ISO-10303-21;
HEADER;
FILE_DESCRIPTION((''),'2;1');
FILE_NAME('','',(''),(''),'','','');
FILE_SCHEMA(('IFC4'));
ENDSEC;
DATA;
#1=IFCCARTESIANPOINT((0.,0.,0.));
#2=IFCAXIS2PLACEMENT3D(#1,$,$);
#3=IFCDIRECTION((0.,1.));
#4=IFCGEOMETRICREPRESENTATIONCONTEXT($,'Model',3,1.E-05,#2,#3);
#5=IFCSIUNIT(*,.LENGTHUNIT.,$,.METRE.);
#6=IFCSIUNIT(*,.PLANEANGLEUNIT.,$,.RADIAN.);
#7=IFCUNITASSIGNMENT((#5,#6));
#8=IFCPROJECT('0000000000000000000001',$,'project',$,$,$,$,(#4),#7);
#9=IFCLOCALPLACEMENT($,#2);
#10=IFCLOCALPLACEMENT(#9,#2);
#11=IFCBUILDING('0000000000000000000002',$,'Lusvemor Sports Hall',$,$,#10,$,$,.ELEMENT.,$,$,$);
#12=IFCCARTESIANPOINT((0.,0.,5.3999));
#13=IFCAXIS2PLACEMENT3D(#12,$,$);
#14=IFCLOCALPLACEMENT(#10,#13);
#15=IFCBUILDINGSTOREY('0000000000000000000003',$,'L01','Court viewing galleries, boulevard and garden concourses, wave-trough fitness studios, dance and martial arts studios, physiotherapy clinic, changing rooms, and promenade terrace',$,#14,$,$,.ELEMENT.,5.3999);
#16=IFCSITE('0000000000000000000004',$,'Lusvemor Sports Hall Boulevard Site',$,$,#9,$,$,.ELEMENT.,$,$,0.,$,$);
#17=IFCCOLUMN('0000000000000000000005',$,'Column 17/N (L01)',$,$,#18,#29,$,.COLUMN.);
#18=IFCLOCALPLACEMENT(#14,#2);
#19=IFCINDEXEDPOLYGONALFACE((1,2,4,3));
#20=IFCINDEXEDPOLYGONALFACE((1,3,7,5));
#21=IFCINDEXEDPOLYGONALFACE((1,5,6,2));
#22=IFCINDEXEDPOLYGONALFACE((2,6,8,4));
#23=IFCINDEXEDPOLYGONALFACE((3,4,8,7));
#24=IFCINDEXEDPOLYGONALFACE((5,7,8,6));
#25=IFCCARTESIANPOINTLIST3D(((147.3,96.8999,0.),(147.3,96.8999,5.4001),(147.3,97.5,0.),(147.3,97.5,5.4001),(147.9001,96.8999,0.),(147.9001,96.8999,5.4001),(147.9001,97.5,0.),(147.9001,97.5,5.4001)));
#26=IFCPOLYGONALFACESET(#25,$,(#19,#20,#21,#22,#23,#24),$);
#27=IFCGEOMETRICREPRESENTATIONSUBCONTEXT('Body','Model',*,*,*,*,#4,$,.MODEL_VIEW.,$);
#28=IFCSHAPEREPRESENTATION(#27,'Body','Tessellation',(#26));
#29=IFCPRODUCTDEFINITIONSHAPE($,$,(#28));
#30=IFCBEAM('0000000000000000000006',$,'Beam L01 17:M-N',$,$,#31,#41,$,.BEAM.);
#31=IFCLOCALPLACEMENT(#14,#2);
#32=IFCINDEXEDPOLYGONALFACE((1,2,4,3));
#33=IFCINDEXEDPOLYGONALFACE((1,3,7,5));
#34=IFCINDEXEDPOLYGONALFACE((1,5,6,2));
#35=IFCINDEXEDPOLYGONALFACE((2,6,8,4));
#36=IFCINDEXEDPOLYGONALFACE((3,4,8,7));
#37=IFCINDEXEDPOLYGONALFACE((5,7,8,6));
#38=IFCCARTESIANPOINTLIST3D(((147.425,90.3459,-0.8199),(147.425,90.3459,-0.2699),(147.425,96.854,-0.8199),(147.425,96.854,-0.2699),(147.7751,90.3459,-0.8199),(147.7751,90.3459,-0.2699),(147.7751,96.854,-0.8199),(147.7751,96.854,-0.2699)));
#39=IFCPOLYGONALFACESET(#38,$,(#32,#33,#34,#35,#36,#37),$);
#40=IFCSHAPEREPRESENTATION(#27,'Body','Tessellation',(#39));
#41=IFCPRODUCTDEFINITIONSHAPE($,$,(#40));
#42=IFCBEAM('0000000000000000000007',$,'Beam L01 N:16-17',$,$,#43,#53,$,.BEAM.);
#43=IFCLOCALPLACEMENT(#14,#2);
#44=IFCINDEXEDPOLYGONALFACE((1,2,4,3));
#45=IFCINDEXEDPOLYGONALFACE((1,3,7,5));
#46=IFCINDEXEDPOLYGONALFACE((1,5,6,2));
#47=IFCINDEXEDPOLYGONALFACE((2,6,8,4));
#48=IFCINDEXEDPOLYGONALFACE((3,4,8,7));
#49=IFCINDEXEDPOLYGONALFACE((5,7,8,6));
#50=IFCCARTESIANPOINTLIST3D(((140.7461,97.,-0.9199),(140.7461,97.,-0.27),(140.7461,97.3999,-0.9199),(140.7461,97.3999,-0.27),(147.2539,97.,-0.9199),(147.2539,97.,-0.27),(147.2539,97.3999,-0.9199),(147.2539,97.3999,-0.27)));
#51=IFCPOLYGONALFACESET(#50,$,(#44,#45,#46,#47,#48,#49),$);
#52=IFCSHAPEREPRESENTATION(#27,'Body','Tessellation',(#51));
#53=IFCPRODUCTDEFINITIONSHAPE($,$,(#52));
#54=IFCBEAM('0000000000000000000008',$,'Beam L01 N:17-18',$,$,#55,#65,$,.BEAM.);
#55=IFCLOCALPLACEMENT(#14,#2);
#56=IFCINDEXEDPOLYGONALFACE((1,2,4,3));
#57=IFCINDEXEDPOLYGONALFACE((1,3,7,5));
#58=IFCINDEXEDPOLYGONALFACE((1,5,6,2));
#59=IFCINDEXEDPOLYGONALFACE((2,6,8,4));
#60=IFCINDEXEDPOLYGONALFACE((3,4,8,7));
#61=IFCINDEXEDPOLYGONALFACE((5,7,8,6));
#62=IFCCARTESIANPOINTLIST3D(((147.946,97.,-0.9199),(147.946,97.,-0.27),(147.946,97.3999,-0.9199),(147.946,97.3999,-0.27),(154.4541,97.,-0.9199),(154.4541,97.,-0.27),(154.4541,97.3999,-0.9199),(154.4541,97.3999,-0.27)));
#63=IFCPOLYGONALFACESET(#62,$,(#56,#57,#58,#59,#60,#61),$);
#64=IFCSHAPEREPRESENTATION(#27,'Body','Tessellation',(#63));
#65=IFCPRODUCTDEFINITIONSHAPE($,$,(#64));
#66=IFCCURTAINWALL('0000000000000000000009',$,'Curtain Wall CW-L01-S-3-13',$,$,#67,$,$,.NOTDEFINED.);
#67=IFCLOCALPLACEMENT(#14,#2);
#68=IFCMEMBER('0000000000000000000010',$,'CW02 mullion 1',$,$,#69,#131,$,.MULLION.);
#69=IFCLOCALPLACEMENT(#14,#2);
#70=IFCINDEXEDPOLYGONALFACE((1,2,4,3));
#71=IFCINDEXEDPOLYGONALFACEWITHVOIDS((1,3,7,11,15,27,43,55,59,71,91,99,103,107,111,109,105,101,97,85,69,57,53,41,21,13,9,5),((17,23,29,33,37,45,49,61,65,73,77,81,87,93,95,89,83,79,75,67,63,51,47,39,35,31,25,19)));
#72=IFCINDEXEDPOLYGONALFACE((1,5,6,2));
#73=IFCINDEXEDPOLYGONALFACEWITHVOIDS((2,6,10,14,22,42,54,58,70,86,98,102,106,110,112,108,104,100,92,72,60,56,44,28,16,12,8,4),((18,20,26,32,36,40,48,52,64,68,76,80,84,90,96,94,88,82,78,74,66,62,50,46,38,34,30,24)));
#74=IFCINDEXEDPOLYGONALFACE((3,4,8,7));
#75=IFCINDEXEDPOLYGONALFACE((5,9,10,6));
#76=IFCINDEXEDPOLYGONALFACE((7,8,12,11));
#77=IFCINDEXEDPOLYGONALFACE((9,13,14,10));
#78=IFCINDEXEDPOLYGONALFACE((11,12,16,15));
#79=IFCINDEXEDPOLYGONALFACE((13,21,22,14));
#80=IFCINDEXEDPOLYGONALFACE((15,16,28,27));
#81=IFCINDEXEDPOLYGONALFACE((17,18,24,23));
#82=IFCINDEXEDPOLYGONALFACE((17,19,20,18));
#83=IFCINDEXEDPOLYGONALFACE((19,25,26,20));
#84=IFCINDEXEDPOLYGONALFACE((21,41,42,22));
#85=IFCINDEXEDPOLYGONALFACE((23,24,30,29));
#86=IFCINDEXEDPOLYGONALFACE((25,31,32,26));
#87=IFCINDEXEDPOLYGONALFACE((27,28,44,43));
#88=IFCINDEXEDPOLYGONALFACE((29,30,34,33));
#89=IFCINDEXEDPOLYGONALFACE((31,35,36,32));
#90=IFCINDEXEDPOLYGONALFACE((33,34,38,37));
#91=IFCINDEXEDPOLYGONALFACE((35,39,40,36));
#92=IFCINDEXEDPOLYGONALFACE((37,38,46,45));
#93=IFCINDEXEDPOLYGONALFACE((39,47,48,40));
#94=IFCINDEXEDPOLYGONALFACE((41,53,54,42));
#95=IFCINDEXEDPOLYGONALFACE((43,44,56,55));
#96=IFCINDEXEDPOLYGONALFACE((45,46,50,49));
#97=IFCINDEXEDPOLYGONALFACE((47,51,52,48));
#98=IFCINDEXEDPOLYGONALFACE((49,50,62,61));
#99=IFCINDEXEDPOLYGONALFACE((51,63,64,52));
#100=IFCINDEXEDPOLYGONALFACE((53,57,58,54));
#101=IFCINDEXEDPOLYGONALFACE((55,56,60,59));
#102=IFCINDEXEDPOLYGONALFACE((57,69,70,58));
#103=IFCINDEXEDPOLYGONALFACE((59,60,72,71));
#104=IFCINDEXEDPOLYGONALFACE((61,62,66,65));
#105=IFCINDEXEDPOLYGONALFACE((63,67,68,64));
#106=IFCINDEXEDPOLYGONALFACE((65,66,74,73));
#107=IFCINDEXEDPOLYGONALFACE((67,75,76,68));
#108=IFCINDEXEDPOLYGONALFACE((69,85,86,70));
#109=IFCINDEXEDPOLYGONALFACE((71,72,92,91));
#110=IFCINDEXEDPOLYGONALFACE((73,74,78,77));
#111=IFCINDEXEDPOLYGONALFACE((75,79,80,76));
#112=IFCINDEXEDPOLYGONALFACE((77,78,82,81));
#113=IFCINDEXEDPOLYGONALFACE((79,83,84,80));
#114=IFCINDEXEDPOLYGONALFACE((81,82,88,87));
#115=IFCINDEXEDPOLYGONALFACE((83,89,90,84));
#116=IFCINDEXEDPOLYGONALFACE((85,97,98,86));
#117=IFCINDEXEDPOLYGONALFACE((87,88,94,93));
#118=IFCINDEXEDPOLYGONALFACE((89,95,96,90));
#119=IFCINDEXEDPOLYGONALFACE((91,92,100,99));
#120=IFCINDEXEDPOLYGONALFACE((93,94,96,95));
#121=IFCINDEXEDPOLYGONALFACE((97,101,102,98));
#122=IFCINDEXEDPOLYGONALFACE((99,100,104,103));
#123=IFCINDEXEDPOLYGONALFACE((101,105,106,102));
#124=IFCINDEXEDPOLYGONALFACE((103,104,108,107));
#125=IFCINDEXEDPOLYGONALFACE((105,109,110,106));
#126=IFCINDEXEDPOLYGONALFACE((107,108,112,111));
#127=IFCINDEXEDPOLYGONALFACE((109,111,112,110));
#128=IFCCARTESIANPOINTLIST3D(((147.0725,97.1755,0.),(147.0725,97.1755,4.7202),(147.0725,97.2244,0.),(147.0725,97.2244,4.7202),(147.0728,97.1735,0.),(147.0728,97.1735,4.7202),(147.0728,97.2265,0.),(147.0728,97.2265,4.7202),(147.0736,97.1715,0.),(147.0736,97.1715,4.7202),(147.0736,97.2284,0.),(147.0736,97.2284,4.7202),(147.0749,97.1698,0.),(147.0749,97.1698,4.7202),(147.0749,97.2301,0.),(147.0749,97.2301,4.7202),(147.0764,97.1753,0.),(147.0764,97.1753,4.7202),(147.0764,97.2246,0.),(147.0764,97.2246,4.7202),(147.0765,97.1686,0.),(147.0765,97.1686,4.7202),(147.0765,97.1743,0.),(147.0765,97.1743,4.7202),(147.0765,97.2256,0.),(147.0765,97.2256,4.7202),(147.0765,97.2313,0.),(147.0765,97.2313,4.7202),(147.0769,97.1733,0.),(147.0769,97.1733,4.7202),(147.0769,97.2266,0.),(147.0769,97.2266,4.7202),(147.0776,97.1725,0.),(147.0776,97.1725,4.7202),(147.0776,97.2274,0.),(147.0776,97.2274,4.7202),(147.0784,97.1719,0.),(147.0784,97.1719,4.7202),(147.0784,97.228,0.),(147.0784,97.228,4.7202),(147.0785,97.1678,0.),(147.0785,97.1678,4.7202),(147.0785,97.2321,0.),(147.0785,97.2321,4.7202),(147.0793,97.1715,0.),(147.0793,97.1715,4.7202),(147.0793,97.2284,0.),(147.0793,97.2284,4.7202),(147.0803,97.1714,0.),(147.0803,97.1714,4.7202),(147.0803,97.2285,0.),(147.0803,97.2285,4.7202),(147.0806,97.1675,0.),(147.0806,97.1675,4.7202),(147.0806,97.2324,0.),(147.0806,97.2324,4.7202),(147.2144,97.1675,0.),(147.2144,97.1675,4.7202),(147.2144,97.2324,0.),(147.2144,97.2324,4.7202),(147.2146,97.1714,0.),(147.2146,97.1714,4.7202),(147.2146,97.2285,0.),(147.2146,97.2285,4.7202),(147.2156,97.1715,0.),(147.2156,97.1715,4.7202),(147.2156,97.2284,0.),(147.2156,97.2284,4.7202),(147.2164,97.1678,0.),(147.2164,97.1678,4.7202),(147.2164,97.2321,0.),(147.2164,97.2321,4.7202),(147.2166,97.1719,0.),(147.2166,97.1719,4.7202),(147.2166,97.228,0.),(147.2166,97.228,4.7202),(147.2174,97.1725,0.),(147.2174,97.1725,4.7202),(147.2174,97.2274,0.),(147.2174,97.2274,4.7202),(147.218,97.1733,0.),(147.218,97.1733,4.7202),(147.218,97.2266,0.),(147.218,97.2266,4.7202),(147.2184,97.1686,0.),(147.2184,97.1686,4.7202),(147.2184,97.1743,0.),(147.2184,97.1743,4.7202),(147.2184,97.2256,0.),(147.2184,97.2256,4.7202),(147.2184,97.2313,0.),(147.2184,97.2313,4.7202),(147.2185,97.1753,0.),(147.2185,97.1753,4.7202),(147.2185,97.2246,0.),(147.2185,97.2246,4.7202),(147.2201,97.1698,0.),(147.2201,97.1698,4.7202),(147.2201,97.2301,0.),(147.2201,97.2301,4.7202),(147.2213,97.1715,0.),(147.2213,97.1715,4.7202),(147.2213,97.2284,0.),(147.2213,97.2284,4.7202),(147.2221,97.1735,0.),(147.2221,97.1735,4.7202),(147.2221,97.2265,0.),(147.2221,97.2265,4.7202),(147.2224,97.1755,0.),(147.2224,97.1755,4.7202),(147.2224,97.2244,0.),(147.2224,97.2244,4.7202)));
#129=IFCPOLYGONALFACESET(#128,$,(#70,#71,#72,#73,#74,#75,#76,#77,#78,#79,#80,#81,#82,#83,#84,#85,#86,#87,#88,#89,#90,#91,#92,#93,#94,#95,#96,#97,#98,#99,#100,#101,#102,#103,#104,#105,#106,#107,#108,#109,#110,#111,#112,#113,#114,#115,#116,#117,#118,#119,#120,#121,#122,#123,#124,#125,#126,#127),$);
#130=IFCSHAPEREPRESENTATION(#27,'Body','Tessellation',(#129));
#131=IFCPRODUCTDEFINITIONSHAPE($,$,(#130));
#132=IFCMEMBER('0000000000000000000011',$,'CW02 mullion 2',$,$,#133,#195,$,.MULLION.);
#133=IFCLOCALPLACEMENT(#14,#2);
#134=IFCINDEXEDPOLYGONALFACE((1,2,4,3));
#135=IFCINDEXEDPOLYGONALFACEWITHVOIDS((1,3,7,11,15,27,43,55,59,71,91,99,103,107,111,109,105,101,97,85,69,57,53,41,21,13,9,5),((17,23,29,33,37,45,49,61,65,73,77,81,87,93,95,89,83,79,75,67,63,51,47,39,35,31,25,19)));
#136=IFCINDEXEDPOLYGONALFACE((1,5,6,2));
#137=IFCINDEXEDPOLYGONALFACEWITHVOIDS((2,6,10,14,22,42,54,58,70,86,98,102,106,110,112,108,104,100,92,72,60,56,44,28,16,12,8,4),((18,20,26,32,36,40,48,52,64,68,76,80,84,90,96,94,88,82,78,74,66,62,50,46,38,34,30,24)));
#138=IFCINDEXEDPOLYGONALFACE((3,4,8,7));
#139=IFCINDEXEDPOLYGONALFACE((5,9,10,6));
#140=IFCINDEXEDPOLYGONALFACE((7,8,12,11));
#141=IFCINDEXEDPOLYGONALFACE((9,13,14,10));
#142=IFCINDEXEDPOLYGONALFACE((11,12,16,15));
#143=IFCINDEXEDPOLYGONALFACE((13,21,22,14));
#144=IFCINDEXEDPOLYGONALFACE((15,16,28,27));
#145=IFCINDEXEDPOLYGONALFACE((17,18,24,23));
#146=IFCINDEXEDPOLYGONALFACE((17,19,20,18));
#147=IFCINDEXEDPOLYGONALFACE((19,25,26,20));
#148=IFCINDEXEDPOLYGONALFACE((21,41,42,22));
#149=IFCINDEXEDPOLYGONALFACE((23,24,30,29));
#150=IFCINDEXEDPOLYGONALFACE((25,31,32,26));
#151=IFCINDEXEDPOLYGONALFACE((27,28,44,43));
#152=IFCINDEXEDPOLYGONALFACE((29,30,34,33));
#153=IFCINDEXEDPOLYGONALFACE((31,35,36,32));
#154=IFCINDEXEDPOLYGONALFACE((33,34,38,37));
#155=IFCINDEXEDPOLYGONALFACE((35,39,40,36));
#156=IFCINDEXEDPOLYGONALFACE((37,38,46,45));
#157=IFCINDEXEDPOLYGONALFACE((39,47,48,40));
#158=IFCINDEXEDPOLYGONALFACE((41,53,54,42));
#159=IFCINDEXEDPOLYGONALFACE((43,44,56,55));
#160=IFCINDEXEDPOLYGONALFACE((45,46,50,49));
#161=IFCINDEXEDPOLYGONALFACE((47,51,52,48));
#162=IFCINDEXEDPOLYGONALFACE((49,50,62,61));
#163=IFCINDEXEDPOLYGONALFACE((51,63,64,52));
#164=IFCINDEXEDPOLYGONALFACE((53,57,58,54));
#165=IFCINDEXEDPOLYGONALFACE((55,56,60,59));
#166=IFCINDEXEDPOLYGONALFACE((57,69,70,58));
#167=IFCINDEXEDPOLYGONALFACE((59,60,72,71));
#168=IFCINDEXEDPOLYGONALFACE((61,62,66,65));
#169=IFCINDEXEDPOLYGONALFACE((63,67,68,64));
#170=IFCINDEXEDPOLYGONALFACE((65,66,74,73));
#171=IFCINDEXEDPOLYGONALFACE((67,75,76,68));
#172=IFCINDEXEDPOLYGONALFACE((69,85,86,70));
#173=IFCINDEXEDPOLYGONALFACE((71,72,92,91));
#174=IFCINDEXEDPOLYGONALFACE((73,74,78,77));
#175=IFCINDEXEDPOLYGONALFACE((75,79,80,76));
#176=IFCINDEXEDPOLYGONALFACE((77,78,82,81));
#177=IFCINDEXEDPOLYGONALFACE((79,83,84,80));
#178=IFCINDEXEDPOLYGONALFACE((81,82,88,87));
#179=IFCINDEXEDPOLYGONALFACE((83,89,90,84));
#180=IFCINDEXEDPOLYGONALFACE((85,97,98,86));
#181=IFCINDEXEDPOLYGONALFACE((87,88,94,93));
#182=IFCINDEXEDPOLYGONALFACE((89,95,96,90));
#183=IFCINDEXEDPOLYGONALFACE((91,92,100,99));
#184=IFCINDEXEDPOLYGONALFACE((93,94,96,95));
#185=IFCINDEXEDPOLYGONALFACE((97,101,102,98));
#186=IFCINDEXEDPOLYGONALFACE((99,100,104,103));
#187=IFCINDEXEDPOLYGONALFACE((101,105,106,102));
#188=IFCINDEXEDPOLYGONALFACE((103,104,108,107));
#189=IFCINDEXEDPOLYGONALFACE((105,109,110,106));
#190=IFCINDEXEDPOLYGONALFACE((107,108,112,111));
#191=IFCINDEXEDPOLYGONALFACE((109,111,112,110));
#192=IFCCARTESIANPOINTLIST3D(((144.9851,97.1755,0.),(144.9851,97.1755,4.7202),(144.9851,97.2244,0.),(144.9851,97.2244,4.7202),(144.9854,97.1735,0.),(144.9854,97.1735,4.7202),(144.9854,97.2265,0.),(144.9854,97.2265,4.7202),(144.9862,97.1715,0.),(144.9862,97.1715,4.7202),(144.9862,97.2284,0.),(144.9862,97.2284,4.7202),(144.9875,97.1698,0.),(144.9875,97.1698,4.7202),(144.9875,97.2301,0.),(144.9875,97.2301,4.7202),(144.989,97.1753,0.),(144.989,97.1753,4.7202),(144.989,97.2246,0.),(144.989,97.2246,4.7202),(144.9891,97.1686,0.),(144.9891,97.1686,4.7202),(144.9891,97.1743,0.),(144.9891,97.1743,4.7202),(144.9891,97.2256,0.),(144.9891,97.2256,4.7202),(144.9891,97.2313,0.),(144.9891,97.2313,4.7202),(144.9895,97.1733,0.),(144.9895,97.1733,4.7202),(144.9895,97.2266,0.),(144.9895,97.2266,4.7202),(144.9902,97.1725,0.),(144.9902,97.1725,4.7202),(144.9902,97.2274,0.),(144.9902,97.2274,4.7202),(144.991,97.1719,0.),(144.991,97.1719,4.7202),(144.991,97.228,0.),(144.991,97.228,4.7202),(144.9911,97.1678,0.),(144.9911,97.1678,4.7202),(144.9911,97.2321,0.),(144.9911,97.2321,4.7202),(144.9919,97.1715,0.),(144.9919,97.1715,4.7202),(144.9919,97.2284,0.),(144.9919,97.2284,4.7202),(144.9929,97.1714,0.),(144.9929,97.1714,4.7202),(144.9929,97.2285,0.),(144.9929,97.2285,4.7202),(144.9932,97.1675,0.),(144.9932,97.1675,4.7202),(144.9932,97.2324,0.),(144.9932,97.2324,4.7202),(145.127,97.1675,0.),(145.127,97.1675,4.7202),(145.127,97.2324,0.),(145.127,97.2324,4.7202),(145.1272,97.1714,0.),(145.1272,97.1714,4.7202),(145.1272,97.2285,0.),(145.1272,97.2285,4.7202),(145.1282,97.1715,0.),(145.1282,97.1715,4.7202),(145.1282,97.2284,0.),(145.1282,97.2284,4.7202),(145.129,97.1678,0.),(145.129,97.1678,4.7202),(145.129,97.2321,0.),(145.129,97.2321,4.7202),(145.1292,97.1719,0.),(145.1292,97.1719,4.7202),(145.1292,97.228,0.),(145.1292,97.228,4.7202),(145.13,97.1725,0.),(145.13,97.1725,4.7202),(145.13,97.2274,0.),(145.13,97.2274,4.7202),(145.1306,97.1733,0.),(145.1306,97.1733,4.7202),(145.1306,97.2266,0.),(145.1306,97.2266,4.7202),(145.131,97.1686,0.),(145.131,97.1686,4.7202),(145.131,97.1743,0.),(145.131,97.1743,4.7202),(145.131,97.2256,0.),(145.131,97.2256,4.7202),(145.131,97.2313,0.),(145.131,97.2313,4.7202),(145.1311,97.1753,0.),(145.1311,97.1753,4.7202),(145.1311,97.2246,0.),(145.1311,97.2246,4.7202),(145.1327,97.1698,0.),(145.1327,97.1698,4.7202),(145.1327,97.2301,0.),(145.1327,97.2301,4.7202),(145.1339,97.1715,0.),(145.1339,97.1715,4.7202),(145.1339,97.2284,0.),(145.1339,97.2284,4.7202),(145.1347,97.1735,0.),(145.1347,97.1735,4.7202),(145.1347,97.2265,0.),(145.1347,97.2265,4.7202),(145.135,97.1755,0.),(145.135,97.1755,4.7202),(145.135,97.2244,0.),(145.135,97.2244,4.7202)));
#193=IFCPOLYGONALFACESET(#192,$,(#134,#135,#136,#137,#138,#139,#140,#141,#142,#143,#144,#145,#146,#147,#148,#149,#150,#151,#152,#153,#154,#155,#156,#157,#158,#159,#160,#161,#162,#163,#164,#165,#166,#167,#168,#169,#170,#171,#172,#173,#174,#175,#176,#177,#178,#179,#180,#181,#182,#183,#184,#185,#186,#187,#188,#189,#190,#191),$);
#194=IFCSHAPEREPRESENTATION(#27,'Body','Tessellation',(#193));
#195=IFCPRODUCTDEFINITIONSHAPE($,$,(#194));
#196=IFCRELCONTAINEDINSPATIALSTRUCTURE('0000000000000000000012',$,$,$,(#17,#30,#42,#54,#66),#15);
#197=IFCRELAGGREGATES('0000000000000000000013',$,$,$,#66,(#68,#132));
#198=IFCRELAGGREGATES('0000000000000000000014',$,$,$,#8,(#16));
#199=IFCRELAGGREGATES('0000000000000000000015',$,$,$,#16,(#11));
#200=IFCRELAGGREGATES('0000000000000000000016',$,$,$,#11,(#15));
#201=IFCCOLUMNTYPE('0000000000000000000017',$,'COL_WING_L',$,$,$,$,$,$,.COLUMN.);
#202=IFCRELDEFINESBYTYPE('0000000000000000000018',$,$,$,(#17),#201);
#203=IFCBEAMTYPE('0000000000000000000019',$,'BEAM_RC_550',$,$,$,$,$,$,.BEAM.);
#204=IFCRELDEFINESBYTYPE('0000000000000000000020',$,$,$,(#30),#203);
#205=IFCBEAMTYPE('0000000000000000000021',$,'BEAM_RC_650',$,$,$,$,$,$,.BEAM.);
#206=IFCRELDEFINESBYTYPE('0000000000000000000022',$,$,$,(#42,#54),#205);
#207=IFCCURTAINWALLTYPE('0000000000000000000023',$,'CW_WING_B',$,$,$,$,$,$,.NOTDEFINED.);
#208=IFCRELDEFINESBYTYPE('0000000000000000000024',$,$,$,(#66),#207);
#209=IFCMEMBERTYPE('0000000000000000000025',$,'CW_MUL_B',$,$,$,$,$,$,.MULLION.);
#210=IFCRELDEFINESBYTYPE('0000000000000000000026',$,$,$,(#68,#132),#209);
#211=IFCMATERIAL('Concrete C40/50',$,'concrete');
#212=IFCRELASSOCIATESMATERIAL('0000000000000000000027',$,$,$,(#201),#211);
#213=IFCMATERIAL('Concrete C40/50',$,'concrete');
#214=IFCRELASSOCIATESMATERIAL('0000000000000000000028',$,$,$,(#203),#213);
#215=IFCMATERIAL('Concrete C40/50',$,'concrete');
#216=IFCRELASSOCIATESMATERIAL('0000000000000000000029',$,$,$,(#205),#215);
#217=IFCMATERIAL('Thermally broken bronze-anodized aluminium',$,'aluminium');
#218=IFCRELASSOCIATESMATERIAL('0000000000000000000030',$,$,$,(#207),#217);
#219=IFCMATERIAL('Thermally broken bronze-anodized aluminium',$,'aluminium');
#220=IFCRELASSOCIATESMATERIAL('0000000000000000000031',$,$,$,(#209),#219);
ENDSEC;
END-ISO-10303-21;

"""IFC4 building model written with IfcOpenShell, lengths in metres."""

from ifc_helpers import new_model, si_unit, direction, frame, origin, origin_2d, place, context, subcontext, project, spatial, rectangle, hollow_rectangle, extrude, material, material_profile, profile_set, type_object, element, aggregate, save


model = new_model("IFC4")

# Units and contexts
model_context = context("Model", 3, precision=1e-05, world=origin(), true_north=direction((0.0, 1.0)))
body_context = subcontext(model_context, "Body", "Model", "MODEL_VIEW")
ifc_project = project(units=[si_unit("LENGTHUNIT", "METRE"), si_unit("PLANEANGLEUNIT", "RADIAN")], contexts=[model_context])

# Site, building, storey
site_placement = place(None, origin())
site = spatial("IfcSite", under=ifc_project, at=site_placement, Name="Lusvemor Sports Hall Boulevard Site", CompositionType="ELEMENT", RefElevation=0.0)
building_placement = place(site_placement, origin())
building = spatial("IfcBuilding", under=site, at=building_placement, Name="Lusvemor Sports Hall", CompositionType="ELEMENT")
storey_placement = place(building_placement, frame((0.0, 0.0, 5.3999)))
storey = spatial("IfcBuildingStorey", under=building, at=storey_placement, Name="L01", Description="Court viewing galleries, boulevard and garden concourses, wave-trough fitness studios, dance and martial arts studios, physiotherapy clinic, changing rooms, and promenade terrace", CompositionType="ELEMENT", Elevation=5.3999)

# Column
ifc_material_1 = material(Name="Concrete C40/50", Category="concrete")
ifc_material_profile_1 = material_profile(ifc_material_1, rectangle(XDim=0.6001, YDim=0.6001, at=origin_2d()), Name="RC600x600")
ifc_profile_set_1 = profile_set([ifc_material_profile_1], Name="Concrete C40/50")
column_type = type_object("IfcColumnType", Name="COL_WING_L", PredefinedType="COLUMN", material=ifc_profile_set_1)
column_placement = place(storey_placement, frame((147.6001, 97.2, 0.0), z_axis=(0.0, 0.0, 1.0), x_axis=(1.0, 0.0, 0.0)))
element("IfcColumn", 1, at=column_placement, inside=storey, type_object=column_type, Name="Column 17/N (L01)", PredefinedType="COLUMN", context=body_context, shape_type="SweptSolid", body=[
    extrude(rectangle(XDim=0.6001, YDim=0.6001, at=origin_2d()), origin(), (0.0, 0.0, 1.0), 5.4001),
])

# Beams
ifc_material_2 = material(Name="Concrete C40/50", Category="concrete")
ifc_material_profile_2 = material_profile(ifc_material_2, rectangle(XDim=0.3501, YDim=0.55, at=origin_2d()), Name="RC350x550")
ifc_profile_set_2 = profile_set([ifc_material_profile_2], Name="Concrete C40/50")
beam_type_1 = type_object("IfcBeamType", Name="BEAM_RC_550", PredefinedType="BEAM", material=ifc_profile_set_2)
beam_1_placement = place(storey_placement, frame((147.6001, 90.3459, -0.5449), z_axis=(0.0, 1.0, 0.0), x_axis=(-1.0, 0.0, 0.0)))
element("IfcBeam", 2, at=beam_1_placement, inside=storey, type_object=beam_type_1, Name="Beam L01 17:M-N", PredefinedType="BEAM", context=body_context, shape_type="SweptSolid", body=[
    extrude(rectangle(XDim=0.3501, YDim=0.55, at=origin_2d()), origin(), (0.0, 0.0, 1.0), 6.5081),
])
ifc_material_3 = material(Name="Concrete C40/50", Category="concrete")
ifc_material_profile_3 = material_profile(ifc_material_3, rectangle(XDim=0.3999, YDim=0.6499, at=origin_2d()), Name="RC400x650")
ifc_profile_set_3 = profile_set([ifc_material_profile_3], Name="Concrete C40/50")
beam_type_2 = type_object("IfcBeamType", Name="BEAM_RC_650", PredefinedType="BEAM", material=ifc_profile_set_3)
beam_2_placement = place(storey_placement, frame((140.7461, 97.2, -0.595), z_axis=(1.0, 0.0, 0.0), x_axis=(0.0, 1.0, 0.0)))
element("IfcBeam", 3, at=beam_2_placement, inside=storey, type_object=beam_type_2, Name="Beam L01 N:16-17", PredefinedType="BEAM", context=body_context, shape_type="SweptSolid", body=[
    extrude(rectangle(XDim=0.3999, YDim=0.6499, at=origin_2d()), origin(), (0.0, 0.0, 1.0), 6.5078),
])
beam_3_placement = place(storey_placement, frame((147.946, 97.2, -0.595), z_axis=(1.0, 0.0, 0.0), x_axis=(0.0, 1.0, 0.0)))
element("IfcBeam", 4, at=beam_3_placement, inside=storey, type_object=beam_type_2, Name="Beam L01 N:17-18", PredefinedType="BEAM", context=body_context, shape_type="SweptSolid", body=[
    extrude(rectangle(XDim=0.3999, YDim=0.6499, at=origin_2d()), origin(), (0.0, 0.0, 1.0), 6.5081),
])

# Curtain wall, members
ifc_material_4 = material(Name="Thermally broken bronze-anodized aluminium", Category="aluminium")
curtain_wall_type = type_object("IfcCurtainWallType", Name="CW_WING_B", PredefinedType="NOTDEFINED", material=ifc_material_4)
curtain_wall_placement = place(storey_placement, origin())
curtain_wall = element("IfcCurtainWall", 5, at=curtain_wall_placement, inside=storey, type_object=curtain_wall_type, Name="Curtain Wall CW-L01-S-3-13", PredefinedType="NOTDEFINED")
ifc_material_5 = material(Name="Thermally broken bronze-anodized aluminium", Category="aluminium")
ifc_material_profile_4 = material_profile(ifc_material_5, hollow_rectangle(XDim=0.0649, YDim=0.1499, WallThickness=0.0039, InnerFilletRadius=0.0039, OuterFilletRadius=0.0081, at=origin_2d()), Name="CWMUL150x65x4")
ifc_profile_set_4 = profile_set([ifc_material_profile_4], Name="Thermally broken bronze-anodized aluminium")
member_type_1 = type_object("IfcMemberType", Name="CW_MUL_B", PredefinedType="MULLION", material=ifc_profile_set_4)
member_1_placement = place(storey_placement, frame((147.1475, 97.2, 0.0), z_axis=(0.0, 0.0, 1.0), x_axis=(0.0, -1.0, 0.0)))
member_1 = element("IfcMember", 6, at=member_1_placement, type_object=member_type_1, Name="CW02 mullion 1", PredefinedType="MULLION", context=body_context, shape_type="SweptSolid", body=[
    extrude(hollow_rectangle(XDim=0.0649, YDim=0.1499, WallThickness=0.0039, InnerFilletRadius=0.0039, OuterFilletRadius=0.0081, at=origin_2d()), origin(), (0.0, 0.0, 1.0), 4.7202),
])
member_2_placement = place(storey_placement, frame((145.0601, 97.2, 0.0), z_axis=(0.0, 0.0, 1.0), x_axis=(0.0, -1.0, 0.0)))
member_2 = element("IfcMember", 7, at=member_2_placement, type_object=member_type_1, Name="CW02 mullion 2", PredefinedType="MULLION", context=body_context, shape_type="SweptSolid", body=[
    extrude(hollow_rectangle(XDim=0.0649, YDim=0.1499, WallThickness=0.0039, InnerFilletRadius=0.0039, OuterFilletRadius=0.0081, at=origin_2d()), origin(), (0.0, 0.0, 1.0), 4.7202),
])

aggregate(curtain_wall, [member_1, member_2])

save(model, "model.ifc")
